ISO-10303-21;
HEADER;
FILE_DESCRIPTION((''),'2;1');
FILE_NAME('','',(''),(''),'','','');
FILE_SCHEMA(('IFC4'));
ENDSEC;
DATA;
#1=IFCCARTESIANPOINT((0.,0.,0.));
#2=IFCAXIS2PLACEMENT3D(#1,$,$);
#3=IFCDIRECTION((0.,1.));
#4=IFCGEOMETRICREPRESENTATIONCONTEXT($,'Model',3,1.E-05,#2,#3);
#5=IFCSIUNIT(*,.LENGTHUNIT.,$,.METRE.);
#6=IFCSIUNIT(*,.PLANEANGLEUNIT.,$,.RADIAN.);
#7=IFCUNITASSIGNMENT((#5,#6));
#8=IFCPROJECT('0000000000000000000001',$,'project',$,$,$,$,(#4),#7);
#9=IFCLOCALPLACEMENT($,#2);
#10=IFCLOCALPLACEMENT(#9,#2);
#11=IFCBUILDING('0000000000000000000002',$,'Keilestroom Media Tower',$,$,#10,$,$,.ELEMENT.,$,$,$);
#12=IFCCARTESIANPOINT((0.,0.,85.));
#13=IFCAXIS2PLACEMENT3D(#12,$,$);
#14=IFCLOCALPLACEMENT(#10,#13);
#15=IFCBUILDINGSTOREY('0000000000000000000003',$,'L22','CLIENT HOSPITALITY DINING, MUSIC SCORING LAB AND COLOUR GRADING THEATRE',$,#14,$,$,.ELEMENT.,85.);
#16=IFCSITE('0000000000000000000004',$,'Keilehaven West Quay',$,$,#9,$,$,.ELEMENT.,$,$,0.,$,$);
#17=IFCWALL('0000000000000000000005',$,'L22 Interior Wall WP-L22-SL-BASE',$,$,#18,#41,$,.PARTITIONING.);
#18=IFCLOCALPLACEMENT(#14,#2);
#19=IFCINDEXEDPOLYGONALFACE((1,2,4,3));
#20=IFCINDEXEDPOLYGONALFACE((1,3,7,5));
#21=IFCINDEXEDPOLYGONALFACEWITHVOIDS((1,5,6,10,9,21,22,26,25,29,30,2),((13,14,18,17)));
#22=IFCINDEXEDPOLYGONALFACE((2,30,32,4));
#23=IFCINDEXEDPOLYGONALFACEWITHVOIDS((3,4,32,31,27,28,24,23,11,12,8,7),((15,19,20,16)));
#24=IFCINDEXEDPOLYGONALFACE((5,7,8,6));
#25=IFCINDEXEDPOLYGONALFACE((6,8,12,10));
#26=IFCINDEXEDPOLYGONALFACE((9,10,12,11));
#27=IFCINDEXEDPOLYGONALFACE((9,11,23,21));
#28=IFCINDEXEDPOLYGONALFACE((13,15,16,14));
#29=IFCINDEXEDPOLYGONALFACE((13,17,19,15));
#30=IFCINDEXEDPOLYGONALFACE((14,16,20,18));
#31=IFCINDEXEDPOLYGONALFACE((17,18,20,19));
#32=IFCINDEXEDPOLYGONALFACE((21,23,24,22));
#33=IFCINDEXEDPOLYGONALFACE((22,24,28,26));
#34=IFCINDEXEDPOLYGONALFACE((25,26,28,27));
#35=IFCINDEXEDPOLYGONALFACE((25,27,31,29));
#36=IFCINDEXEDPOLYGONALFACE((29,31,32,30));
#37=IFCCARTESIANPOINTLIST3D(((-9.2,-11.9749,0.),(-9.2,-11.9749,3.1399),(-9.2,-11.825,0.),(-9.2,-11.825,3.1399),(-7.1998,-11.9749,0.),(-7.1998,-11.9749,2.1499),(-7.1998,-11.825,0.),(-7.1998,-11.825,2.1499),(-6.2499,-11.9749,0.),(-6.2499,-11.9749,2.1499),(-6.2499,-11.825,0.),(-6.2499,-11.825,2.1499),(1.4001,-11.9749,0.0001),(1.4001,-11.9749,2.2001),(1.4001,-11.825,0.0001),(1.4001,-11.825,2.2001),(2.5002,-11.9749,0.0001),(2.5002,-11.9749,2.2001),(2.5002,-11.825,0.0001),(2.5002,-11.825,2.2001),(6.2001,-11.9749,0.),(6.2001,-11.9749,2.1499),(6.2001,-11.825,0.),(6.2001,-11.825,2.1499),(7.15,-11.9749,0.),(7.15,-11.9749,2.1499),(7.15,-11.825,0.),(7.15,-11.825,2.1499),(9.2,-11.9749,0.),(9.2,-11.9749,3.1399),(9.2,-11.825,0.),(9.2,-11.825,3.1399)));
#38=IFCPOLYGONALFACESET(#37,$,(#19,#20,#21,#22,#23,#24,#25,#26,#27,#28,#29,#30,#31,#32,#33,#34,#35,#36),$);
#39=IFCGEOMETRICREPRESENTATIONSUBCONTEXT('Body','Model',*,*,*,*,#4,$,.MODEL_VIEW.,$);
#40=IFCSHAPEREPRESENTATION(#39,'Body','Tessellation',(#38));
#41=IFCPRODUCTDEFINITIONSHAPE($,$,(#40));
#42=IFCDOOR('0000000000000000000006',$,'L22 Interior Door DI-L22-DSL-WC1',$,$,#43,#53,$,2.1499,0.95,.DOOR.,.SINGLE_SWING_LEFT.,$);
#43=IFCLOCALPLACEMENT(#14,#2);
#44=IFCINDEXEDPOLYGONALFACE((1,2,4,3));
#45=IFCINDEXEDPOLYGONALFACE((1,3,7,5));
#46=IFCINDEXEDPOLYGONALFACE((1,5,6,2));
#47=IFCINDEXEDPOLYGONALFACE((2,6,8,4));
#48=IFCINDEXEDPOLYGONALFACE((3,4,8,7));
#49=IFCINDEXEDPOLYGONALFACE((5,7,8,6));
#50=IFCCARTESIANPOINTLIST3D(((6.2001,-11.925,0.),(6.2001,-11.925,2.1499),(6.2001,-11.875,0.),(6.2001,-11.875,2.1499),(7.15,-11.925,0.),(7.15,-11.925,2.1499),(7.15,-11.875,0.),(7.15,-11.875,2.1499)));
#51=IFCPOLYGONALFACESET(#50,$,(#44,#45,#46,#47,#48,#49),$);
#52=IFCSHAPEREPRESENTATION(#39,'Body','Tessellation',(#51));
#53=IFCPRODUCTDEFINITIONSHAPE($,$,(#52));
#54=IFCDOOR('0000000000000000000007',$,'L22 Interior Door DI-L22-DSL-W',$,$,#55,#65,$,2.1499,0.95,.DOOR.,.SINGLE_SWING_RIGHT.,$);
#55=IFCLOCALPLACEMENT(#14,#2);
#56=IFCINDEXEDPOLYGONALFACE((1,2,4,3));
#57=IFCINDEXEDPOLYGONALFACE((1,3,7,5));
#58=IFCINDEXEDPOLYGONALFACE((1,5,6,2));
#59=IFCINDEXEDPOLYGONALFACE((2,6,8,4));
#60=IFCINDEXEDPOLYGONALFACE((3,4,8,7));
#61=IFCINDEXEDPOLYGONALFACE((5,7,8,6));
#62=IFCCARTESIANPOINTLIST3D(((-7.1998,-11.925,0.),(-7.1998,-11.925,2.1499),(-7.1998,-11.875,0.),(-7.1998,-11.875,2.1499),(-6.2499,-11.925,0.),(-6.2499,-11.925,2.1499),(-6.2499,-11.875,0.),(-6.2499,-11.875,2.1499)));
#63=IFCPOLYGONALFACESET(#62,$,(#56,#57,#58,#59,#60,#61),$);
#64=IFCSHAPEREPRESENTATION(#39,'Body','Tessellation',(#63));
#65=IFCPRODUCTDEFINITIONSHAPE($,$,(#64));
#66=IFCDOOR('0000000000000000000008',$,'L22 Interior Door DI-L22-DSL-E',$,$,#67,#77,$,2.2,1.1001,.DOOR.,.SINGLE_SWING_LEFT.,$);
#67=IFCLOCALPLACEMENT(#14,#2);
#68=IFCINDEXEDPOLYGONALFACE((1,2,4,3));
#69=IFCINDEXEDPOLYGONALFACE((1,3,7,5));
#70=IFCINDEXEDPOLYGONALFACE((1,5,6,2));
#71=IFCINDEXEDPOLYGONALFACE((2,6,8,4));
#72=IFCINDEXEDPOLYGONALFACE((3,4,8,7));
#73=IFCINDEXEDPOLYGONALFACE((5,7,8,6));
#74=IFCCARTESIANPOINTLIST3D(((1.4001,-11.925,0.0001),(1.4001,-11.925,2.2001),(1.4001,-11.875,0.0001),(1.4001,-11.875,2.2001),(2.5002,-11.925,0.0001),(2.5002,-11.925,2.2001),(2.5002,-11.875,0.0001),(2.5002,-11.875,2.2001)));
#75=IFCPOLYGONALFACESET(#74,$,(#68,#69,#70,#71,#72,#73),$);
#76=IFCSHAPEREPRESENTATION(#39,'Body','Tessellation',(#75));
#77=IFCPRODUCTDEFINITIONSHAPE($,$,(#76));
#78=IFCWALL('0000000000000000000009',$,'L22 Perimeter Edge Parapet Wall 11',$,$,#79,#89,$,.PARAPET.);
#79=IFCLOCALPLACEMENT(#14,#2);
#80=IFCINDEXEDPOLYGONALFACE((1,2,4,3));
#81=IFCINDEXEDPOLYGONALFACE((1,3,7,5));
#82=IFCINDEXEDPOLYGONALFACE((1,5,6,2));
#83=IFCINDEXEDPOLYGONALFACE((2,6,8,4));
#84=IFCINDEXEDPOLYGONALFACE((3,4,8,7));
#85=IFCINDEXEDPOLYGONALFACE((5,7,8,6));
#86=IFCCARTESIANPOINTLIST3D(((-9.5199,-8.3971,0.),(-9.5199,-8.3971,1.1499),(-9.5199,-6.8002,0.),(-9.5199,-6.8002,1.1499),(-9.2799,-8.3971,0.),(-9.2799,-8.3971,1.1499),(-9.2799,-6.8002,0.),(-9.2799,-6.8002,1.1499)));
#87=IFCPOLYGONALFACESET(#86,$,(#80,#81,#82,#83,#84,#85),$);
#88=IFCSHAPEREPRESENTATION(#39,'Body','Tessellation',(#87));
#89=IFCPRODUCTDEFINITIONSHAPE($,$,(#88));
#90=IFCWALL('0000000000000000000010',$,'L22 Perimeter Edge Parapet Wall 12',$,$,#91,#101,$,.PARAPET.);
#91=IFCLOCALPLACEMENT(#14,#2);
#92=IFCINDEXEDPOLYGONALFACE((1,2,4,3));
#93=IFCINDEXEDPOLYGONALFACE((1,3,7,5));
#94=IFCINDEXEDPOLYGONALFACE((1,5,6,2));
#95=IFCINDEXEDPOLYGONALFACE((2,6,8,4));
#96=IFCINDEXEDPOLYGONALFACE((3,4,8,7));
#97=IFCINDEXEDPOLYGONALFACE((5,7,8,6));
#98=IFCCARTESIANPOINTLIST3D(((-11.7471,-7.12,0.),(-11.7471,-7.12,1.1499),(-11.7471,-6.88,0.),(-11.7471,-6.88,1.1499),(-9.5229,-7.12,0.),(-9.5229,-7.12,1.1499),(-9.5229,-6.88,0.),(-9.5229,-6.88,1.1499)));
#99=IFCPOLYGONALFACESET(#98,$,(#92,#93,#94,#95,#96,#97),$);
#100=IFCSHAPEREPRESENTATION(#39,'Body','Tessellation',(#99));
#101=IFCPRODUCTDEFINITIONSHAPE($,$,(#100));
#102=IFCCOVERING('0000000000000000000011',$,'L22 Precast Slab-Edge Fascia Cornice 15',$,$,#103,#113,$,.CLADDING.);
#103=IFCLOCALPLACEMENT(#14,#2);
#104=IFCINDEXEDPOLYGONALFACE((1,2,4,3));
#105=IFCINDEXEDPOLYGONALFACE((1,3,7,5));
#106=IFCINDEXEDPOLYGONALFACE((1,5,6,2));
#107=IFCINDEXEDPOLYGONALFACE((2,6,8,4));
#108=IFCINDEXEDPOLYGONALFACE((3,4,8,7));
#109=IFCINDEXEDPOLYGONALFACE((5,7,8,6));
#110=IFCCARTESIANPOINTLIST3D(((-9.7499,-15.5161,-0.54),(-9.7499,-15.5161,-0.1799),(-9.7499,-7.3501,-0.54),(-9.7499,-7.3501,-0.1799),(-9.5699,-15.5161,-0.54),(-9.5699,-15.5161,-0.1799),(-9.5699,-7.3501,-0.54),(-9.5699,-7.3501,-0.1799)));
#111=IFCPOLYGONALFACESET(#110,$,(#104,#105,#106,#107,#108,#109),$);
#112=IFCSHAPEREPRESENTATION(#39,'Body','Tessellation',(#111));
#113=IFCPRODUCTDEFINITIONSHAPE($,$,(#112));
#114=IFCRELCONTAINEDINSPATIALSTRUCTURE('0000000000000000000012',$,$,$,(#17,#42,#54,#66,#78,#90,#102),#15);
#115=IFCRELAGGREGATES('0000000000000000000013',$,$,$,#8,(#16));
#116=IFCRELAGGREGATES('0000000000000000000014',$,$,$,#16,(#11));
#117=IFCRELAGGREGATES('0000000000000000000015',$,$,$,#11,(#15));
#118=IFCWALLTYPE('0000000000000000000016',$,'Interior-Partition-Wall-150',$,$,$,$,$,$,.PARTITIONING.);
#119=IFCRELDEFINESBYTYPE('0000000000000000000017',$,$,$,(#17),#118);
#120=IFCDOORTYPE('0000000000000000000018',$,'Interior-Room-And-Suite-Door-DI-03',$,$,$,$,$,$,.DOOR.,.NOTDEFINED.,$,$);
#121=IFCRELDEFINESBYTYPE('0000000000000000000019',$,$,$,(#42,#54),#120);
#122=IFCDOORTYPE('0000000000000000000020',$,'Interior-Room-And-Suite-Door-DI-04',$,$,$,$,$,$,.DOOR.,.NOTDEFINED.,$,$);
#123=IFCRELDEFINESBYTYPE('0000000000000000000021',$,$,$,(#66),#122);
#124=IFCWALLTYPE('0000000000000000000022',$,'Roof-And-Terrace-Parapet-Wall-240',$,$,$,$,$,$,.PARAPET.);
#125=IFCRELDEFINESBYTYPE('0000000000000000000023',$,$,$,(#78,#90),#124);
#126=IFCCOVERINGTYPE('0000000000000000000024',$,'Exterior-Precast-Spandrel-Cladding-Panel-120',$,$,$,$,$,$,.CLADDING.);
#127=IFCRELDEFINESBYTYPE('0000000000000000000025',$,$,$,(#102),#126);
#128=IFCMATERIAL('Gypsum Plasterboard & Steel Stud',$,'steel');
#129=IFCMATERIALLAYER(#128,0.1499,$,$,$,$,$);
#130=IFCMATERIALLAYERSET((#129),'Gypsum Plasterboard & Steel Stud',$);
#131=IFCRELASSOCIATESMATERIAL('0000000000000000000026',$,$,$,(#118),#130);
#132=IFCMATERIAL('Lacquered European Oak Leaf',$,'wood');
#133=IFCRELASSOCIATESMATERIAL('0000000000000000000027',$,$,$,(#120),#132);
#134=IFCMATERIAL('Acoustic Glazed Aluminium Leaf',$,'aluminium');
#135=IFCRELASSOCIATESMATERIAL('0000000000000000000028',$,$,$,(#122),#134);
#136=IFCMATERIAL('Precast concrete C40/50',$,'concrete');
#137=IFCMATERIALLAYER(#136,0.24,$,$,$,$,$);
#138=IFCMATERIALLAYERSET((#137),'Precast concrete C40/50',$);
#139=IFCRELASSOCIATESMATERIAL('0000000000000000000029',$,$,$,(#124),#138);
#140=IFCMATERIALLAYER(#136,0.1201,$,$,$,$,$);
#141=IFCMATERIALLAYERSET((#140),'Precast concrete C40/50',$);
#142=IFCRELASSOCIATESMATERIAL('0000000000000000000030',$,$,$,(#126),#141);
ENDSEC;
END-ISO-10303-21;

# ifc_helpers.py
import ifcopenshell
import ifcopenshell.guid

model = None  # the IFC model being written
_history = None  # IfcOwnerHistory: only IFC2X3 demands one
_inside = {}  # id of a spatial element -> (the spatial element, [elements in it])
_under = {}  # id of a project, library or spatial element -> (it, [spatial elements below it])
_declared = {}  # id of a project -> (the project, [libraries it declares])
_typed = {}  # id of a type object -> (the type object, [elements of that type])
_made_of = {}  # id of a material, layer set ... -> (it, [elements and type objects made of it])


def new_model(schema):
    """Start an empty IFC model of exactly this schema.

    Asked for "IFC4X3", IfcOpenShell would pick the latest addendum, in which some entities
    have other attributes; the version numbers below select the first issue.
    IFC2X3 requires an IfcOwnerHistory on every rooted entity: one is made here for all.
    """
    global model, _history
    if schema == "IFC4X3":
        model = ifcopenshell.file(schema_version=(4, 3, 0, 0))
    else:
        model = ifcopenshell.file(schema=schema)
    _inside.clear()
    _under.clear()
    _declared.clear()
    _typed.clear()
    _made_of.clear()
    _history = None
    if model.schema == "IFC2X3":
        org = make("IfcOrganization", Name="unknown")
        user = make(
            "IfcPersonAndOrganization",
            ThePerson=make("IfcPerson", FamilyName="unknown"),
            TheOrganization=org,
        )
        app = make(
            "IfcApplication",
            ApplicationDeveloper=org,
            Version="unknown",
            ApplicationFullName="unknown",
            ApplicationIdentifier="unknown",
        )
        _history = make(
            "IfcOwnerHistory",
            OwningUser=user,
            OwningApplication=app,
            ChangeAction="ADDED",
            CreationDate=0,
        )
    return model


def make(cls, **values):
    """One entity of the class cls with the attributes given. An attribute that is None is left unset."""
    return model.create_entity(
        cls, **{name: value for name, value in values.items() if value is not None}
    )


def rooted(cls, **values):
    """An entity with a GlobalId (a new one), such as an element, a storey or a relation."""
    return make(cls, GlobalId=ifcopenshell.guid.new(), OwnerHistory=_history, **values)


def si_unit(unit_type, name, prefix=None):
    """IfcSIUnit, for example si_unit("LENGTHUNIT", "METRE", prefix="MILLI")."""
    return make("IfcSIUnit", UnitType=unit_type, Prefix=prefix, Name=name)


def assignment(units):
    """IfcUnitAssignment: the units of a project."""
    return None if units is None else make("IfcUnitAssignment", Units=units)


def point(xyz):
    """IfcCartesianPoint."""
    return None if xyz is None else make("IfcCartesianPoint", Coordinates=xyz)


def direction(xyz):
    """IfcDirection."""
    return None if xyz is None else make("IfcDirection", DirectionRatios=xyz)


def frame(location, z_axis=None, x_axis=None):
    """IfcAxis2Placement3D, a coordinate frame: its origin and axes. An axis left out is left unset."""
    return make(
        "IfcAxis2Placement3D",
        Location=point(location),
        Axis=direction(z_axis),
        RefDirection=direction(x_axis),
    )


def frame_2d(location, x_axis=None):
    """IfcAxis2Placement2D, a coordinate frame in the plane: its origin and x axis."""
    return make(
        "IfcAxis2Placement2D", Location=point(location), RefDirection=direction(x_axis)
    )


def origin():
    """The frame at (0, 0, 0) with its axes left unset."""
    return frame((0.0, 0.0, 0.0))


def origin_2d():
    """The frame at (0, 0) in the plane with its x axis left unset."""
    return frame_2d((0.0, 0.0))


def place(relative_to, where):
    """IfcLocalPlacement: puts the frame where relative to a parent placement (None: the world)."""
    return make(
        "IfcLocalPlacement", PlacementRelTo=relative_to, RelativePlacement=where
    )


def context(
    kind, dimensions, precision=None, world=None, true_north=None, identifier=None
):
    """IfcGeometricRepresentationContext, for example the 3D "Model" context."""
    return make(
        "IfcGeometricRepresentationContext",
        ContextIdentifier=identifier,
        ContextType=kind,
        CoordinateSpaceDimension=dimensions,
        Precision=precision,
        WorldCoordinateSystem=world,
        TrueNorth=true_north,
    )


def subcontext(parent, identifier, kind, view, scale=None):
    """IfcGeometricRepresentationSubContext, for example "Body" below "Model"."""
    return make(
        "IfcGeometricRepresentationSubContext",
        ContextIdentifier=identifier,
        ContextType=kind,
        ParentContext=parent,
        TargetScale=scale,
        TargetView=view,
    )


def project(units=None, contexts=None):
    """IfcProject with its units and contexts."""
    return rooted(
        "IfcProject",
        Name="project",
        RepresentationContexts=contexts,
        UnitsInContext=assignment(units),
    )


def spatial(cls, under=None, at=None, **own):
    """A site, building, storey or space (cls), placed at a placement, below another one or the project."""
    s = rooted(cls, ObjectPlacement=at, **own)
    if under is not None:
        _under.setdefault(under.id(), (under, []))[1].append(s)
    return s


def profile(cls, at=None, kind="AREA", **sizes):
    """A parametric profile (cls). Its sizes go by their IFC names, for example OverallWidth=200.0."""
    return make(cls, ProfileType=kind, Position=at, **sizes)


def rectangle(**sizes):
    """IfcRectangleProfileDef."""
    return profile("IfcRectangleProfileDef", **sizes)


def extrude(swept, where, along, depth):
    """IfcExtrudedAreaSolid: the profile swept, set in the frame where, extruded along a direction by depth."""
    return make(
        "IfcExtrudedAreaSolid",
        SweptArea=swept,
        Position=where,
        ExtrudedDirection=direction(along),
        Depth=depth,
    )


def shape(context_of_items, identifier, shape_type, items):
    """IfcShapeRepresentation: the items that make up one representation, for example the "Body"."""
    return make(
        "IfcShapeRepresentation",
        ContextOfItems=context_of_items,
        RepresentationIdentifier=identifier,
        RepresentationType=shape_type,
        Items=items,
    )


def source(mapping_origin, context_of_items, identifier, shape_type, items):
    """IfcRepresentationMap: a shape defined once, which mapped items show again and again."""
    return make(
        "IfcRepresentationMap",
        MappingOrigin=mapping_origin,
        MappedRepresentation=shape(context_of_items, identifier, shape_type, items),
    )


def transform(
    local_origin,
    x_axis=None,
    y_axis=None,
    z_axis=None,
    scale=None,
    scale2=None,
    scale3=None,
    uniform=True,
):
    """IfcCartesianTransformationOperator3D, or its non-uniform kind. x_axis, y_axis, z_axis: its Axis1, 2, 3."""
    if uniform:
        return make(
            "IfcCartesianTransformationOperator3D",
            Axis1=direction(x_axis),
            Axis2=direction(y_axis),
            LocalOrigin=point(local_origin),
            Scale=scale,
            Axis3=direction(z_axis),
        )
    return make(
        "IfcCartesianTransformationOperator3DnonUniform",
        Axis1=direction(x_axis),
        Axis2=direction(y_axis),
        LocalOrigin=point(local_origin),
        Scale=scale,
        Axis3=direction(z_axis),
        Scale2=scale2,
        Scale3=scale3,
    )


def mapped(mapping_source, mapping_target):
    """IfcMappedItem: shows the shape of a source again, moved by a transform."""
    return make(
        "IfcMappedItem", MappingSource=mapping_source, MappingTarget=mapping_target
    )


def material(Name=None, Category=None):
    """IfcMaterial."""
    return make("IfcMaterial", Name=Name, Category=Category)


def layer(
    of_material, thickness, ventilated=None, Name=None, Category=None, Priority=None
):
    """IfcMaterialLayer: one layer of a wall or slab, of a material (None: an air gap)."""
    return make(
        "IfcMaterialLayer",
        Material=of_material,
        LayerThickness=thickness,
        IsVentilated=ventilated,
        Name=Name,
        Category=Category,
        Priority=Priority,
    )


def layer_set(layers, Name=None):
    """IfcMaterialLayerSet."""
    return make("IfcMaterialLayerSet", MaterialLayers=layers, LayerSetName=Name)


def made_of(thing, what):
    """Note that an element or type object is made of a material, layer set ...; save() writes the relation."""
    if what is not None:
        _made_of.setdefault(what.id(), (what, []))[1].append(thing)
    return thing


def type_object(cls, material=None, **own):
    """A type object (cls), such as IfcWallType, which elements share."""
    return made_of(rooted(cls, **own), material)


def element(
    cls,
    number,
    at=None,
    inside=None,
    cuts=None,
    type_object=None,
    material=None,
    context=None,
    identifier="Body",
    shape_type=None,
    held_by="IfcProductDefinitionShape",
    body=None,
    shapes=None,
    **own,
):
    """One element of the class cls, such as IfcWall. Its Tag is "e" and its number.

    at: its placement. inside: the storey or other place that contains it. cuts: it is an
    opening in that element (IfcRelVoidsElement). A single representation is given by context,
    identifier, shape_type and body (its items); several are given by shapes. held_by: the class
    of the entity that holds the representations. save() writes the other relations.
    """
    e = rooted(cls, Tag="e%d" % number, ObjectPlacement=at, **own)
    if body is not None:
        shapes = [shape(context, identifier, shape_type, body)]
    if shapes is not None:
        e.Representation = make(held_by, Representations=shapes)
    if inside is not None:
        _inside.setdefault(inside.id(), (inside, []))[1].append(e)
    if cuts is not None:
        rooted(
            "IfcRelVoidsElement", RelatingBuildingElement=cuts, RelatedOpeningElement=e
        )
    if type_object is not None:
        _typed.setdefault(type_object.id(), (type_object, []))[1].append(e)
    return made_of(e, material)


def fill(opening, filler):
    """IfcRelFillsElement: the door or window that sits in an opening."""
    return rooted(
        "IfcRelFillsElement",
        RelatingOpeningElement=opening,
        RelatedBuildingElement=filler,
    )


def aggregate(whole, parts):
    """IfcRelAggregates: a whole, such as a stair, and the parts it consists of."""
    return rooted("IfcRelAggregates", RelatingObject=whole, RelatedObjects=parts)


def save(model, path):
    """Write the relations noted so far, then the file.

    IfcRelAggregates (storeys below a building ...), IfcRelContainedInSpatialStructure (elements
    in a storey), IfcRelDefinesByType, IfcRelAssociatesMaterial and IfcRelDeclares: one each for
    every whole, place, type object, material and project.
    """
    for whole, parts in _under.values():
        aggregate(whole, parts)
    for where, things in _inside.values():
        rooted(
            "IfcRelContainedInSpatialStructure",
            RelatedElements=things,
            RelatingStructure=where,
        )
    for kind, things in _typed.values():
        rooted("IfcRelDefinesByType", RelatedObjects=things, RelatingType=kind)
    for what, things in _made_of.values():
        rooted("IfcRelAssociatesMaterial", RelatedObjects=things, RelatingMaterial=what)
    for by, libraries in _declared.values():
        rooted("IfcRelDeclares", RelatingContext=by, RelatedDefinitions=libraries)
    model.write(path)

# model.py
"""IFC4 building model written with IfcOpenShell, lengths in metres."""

from ifc_helpers import new_model, si_unit, direction, frame, frame_2d, origin, origin_2d, place, context, subcontext, project, spatial, rectangle, extrude, source, transform, mapped, material, layer, layer_set, type_object, element, fill, save


model = new_model("IFC4")

# Units and contexts
model_context = context("Model", 3, precision=1e-05, world=origin(), true_north=direction((0.0, 1.0)))
body_context = subcontext(model_context, "Body", "Model", "MODEL_VIEW")
ifc_project = project(units=[si_unit("LENGTHUNIT", "METRE"), si_unit("PLANEANGLEUNIT", "RADIAN")], contexts=[model_context])

# Site, building, storey
site_placement = place(None, origin())
site = spatial("IfcSite", under=ifc_project, at=site_placement, Name="Keilehaven West Quay", CompositionType="ELEMENT", RefElevation=0.0)
building_placement = place(site_placement, origin())
building = spatial("IfcBuilding", under=site, at=building_placement, Name="Keilestroom Media Tower", CompositionType="ELEMENT")
storey_placement = place(building_placement, frame((0.0, 0.0, 85.0)))
storey = spatial("IfcBuildingStorey", under=building, at=storey_placement, Name="L22", Description="CLIENT HOSPITALITY DINING, MUSIC SCORING LAB AND COLOUR GRADING THEATRE", CompositionType="ELEMENT", Elevation=85.0)

# Wall, openings, doors
ifc_material_1 = material(Name="Gypsum Plasterboard & Steel Stud", Category="steel")
ifc_layer_1 = layer(ifc_material_1, 0.1499)
ifc_layer_set_1 = layer_set([ifc_layer_1], Name="Gypsum Plasterboard & Steel Stud")
wall_type_1 = type_object("IfcWallType", Name="Interior-Partition-Wall-150", PredefinedType="PARTITIONING", material=ifc_layer_set_1)
wall_1_placement = place(storey_placement, frame((-9.2, -11.8999, 0.0), z_axis=(0.0, 0.0, 1.0), x_axis=(1.0, 0.0, 0.0)))
wall_1 = element("IfcWall", 1, at=wall_1_placement, inside=storey, type_object=wall_type_1, Name="L22 Interior Wall WP-L22-SL-BASE", PredefinedType="PARTITIONING", context=body_context, shape_type="SweptSolid", body=[
    extrude(rectangle(XDim=18.3999, YDim=0.1499, at=frame_2d((9.2, 0.0))), origin(), (0.0, 0.0, 1.0), 3.1399),
])
opening_1_placement = place(wall_1_placement, frame((15.3999, 0.0, 0.0)))
opening_1 = element("IfcOpeningElement", 2, at=opening_1_placement, cuts=wall_1, PredefinedType="OPENING", context=body_context, shape_type="SweptSolid", body=[
    extrude(rectangle(XDim=0.95, YDim=2.1499, at=frame_2d((0.4751, 1.075))), frame((0.0, 0.085, 0.0), z_axis=(0.0, -1.0, 0.0), x_axis=(1.0, 0.0, 0.0)), (0.0, 0.0, 1.0), 0.1699),
])
opening_2_placement = place(wall_1_placement, frame((2.0, 0.0, 0.0)))
opening_2 = element("IfcOpeningElement", 3, at=opening_2_placement, cuts=wall_1, PredefinedType="OPENING", context=body_context, shape_type="SweptSolid", body=[
    extrude(rectangle(XDim=0.95, YDim=2.1499, at=frame_2d((0.4751, 1.075))), frame((0.0, 0.085, 0.0), z_axis=(0.0, -1.0, 0.0), x_axis=(1.0, 0.0, 0.0)), (0.0, 0.0, 1.0), 0.1699),
])
opening_3_placement = place(wall_1_placement, frame((10.6001, 0.0, 0.0)))
opening_3 = element("IfcOpeningElement", 4, at=opening_3_placement, cuts=wall_1, PredefinedType="OPENING", context=body_context, shape_type="SweptSolid", body=[
    extrude(rectangle(XDim=1.1001, YDim=2.2, at=frame_2d((0.55, 1.1001))), frame((0.0, 0.085, 0.0), z_axis=(0.0, -1.0, 0.0), x_axis=(1.0, 0.0, 0.0)), (0.0, 0.0, 1.0), 0.1699),
])
ifc_material_2 = material(Name="Lacquered European Oak Leaf", Category="wood")
door_type_1 = type_object("IfcDoorType", Name="Interior-Room-And-Suite-Door-DI-03", OperationType="NOTDEFINED", PredefinedType="DOOR", material=ifc_material_2)
shared_shape_1 = source(origin(), body_context, "Body", "SweptSolid", [
    extrude(rectangle(XDim=0.95, YDim=2.1499, at=frame_2d((0.4751, 1.075))), frame((0.0, 0.0249, 0.0), z_axis=(0.0, -1.0, 0.0), x_axis=(1.0, 0.0, 0.0)), (0.0, 0.0, 1.0), 0.05),
])
door_1_placement = place(opening_1_placement, origin())
door_1 = element("IfcDoor", 5, at=door_1_placement, inside=storey, type_object=door_type_1, Name="L22 Interior Door DI-L22-DSL-WC1", OperationType="SINGLE_SWING_LEFT", OverallHeight=2.1499, OverallWidth=0.95, PredefinedType="DOOR", context=body_context, shape_type="MappedRepresentation", body=[
    mapped(shared_shape_1, transform((0.0, 0.0, 0.0), x_axis=(1.0, 0.0, 0.0), y_axis=(0.0, 1.0, 0.0), z_axis=(0.0, 0.0, 1.0), scale=1.0)),
])
fill(opening_1, door_1)
door_2_placement = place(opening_2_placement, origin())
door_2 = element("IfcDoor", 6, at=door_2_placement, inside=storey, type_object=door_type_1, Name="L22 Interior Door DI-L22-DSL-W", OperationType="SINGLE_SWING_RIGHT", OverallHeight=2.1499, OverallWidth=0.95, PredefinedType="DOOR", context=body_context, shape_type="MappedRepresentation", body=[
    mapped(shared_shape_1, transform((0.0, 0.0, 0.0), x_axis=(1.0, 0.0, 0.0), y_axis=(0.0, 1.0, 0.0), z_axis=(0.0, 0.0, 1.0), scale=1.0)),
])
fill(opening_2, door_2)
ifc_material_3 = material(Name="Acoustic Glazed Aluminium Leaf", Category="aluminium")
door_type_2 = type_object("IfcDoorType", Name="Interior-Room-And-Suite-Door-DI-04", OperationType="NOTDEFINED", PredefinedType="DOOR", material=ifc_material_3)
shared_shape_2 = source(origin(), body_context, "Body", "SweptSolid", [
    extrude(rectangle(XDim=1.1001, YDim=2.2, at=frame_2d((0.55, 1.1001))), frame((0.0, 0.0249, 0.0), z_axis=(0.0, -1.0, 0.0), x_axis=(1.0, 0.0, 0.0)), (0.0, 0.0, 1.0), 0.05),
])
door_3_placement = place(opening_3_placement, origin())
door_3 = element("IfcDoor", 7, at=door_3_placement, inside=storey, type_object=door_type_2, Name="L22 Interior Door DI-L22-DSL-E", OperationType="SINGLE_SWING_LEFT", OverallHeight=2.2, OverallWidth=1.1001, PredefinedType="DOOR", context=body_context, shape_type="MappedRepresentation", body=[
    mapped(shared_shape_2, transform((0.0, 0.0, 0.0), x_axis=(1.0, 0.0, 0.0), y_axis=(0.0, 1.0, 0.0), z_axis=(0.0, 0.0, 1.0), scale=1.0)),
])
fill(opening_3, door_3)

# Walls
ifc_material_4 = material(Name="Precast concrete C40/50", Category="concrete")
ifc_layer_2 = layer(ifc_material_4, 0.24)
ifc_layer_set_2 = layer_set([ifc_layer_2], Name="Precast concrete C40/50")
wall_type_2 = type_object("IfcWallType", Name="Roof-And-Terrace-Parapet-Wall-240", PredefinedType="PARAPET", material=ifc_layer_set_2)
wall_2_placement = place(storey_placement, frame((-9.3999, -8.397, 0.0), z_axis=(0.0, 0.0, 1.0), x_axis=(0.0, 1.0, 0.0)))
element("IfcWall", 8, at=wall_2_placement, inside=storey, type_object=wall_type_2, Name="L22 Perimeter Edge Parapet Wall 11", PredefinedType="PARAPET", context=body_context, shape_type="SweptSolid", body=[
    extrude(rectangle(XDim=1.5969, YDim=0.24, at=frame_2d((0.7983, 0.0))), origin(), (0.0, 0.0, 1.0), 1.1499),
])
wall_3_placement = place(storey_placement, frame((-9.5229, -7.0, 0.0), z_axis=(0.0, 0.0, 1.0), x_axis=(-1.0, 0.0, 0.0)))
element("IfcWall", 9, at=wall_3_placement, inside=storey, type_object=wall_type_2, Name="L22 Perimeter Edge Parapet Wall 12", PredefinedType="PARAPET", context=body_context, shape_type="SweptSolid", body=[
    extrude(rectangle(XDim=2.2241, YDim=0.24, at=frame_2d((1.1121, 0.0))), origin(), (0.0, 0.0, 1.0), 1.1499),
])

# Covering
ifc_layer_3 = layer(ifc_material_4, 0.1201)
ifc_layer_set_3 = layer_set([ifc_layer_3], Name="Precast concrete C40/50")
covering_type = type_object("IfcCoveringType", Name="Exterior-Precast-Spandrel-Cladding-Panel-120", PredefinedType="CLADDING", material=ifc_layer_set_3)
shared_shape_3 = source(origin(), body_context, "Body", "SweptSolid", [
    extrude(rectangle(XDim=8.166, YDim=0.1799, at=origin_2d()), origin(), (0.0, 0.0, 1.0), 0.3601),
])
covering_placement = place(storey_placement, frame((-9.6599, -11.4331, -0.54), z_axis=(0.0, 0.0, 1.0), x_axis=(0.0, 1.0, 0.0)))
element("IfcCovering", 10, at=covering_placement, inside=storey, type_object=covering_type, Name="L22 Precast Slab-Edge Fascia Cornice 15", PredefinedType="CLADDING", context=body_context, shape_type="MappedRepresentation", body=[
    mapped(shared_shape_3, transform((0.0, 0.0, 0.0), x_axis=(1.0, 0.0, 0.0), y_axis=(0.0, 1.0, 0.0), z_axis=(0.0, 0.0, 1.0), scale=1.0)),
])

save(model, "model.ifc")
